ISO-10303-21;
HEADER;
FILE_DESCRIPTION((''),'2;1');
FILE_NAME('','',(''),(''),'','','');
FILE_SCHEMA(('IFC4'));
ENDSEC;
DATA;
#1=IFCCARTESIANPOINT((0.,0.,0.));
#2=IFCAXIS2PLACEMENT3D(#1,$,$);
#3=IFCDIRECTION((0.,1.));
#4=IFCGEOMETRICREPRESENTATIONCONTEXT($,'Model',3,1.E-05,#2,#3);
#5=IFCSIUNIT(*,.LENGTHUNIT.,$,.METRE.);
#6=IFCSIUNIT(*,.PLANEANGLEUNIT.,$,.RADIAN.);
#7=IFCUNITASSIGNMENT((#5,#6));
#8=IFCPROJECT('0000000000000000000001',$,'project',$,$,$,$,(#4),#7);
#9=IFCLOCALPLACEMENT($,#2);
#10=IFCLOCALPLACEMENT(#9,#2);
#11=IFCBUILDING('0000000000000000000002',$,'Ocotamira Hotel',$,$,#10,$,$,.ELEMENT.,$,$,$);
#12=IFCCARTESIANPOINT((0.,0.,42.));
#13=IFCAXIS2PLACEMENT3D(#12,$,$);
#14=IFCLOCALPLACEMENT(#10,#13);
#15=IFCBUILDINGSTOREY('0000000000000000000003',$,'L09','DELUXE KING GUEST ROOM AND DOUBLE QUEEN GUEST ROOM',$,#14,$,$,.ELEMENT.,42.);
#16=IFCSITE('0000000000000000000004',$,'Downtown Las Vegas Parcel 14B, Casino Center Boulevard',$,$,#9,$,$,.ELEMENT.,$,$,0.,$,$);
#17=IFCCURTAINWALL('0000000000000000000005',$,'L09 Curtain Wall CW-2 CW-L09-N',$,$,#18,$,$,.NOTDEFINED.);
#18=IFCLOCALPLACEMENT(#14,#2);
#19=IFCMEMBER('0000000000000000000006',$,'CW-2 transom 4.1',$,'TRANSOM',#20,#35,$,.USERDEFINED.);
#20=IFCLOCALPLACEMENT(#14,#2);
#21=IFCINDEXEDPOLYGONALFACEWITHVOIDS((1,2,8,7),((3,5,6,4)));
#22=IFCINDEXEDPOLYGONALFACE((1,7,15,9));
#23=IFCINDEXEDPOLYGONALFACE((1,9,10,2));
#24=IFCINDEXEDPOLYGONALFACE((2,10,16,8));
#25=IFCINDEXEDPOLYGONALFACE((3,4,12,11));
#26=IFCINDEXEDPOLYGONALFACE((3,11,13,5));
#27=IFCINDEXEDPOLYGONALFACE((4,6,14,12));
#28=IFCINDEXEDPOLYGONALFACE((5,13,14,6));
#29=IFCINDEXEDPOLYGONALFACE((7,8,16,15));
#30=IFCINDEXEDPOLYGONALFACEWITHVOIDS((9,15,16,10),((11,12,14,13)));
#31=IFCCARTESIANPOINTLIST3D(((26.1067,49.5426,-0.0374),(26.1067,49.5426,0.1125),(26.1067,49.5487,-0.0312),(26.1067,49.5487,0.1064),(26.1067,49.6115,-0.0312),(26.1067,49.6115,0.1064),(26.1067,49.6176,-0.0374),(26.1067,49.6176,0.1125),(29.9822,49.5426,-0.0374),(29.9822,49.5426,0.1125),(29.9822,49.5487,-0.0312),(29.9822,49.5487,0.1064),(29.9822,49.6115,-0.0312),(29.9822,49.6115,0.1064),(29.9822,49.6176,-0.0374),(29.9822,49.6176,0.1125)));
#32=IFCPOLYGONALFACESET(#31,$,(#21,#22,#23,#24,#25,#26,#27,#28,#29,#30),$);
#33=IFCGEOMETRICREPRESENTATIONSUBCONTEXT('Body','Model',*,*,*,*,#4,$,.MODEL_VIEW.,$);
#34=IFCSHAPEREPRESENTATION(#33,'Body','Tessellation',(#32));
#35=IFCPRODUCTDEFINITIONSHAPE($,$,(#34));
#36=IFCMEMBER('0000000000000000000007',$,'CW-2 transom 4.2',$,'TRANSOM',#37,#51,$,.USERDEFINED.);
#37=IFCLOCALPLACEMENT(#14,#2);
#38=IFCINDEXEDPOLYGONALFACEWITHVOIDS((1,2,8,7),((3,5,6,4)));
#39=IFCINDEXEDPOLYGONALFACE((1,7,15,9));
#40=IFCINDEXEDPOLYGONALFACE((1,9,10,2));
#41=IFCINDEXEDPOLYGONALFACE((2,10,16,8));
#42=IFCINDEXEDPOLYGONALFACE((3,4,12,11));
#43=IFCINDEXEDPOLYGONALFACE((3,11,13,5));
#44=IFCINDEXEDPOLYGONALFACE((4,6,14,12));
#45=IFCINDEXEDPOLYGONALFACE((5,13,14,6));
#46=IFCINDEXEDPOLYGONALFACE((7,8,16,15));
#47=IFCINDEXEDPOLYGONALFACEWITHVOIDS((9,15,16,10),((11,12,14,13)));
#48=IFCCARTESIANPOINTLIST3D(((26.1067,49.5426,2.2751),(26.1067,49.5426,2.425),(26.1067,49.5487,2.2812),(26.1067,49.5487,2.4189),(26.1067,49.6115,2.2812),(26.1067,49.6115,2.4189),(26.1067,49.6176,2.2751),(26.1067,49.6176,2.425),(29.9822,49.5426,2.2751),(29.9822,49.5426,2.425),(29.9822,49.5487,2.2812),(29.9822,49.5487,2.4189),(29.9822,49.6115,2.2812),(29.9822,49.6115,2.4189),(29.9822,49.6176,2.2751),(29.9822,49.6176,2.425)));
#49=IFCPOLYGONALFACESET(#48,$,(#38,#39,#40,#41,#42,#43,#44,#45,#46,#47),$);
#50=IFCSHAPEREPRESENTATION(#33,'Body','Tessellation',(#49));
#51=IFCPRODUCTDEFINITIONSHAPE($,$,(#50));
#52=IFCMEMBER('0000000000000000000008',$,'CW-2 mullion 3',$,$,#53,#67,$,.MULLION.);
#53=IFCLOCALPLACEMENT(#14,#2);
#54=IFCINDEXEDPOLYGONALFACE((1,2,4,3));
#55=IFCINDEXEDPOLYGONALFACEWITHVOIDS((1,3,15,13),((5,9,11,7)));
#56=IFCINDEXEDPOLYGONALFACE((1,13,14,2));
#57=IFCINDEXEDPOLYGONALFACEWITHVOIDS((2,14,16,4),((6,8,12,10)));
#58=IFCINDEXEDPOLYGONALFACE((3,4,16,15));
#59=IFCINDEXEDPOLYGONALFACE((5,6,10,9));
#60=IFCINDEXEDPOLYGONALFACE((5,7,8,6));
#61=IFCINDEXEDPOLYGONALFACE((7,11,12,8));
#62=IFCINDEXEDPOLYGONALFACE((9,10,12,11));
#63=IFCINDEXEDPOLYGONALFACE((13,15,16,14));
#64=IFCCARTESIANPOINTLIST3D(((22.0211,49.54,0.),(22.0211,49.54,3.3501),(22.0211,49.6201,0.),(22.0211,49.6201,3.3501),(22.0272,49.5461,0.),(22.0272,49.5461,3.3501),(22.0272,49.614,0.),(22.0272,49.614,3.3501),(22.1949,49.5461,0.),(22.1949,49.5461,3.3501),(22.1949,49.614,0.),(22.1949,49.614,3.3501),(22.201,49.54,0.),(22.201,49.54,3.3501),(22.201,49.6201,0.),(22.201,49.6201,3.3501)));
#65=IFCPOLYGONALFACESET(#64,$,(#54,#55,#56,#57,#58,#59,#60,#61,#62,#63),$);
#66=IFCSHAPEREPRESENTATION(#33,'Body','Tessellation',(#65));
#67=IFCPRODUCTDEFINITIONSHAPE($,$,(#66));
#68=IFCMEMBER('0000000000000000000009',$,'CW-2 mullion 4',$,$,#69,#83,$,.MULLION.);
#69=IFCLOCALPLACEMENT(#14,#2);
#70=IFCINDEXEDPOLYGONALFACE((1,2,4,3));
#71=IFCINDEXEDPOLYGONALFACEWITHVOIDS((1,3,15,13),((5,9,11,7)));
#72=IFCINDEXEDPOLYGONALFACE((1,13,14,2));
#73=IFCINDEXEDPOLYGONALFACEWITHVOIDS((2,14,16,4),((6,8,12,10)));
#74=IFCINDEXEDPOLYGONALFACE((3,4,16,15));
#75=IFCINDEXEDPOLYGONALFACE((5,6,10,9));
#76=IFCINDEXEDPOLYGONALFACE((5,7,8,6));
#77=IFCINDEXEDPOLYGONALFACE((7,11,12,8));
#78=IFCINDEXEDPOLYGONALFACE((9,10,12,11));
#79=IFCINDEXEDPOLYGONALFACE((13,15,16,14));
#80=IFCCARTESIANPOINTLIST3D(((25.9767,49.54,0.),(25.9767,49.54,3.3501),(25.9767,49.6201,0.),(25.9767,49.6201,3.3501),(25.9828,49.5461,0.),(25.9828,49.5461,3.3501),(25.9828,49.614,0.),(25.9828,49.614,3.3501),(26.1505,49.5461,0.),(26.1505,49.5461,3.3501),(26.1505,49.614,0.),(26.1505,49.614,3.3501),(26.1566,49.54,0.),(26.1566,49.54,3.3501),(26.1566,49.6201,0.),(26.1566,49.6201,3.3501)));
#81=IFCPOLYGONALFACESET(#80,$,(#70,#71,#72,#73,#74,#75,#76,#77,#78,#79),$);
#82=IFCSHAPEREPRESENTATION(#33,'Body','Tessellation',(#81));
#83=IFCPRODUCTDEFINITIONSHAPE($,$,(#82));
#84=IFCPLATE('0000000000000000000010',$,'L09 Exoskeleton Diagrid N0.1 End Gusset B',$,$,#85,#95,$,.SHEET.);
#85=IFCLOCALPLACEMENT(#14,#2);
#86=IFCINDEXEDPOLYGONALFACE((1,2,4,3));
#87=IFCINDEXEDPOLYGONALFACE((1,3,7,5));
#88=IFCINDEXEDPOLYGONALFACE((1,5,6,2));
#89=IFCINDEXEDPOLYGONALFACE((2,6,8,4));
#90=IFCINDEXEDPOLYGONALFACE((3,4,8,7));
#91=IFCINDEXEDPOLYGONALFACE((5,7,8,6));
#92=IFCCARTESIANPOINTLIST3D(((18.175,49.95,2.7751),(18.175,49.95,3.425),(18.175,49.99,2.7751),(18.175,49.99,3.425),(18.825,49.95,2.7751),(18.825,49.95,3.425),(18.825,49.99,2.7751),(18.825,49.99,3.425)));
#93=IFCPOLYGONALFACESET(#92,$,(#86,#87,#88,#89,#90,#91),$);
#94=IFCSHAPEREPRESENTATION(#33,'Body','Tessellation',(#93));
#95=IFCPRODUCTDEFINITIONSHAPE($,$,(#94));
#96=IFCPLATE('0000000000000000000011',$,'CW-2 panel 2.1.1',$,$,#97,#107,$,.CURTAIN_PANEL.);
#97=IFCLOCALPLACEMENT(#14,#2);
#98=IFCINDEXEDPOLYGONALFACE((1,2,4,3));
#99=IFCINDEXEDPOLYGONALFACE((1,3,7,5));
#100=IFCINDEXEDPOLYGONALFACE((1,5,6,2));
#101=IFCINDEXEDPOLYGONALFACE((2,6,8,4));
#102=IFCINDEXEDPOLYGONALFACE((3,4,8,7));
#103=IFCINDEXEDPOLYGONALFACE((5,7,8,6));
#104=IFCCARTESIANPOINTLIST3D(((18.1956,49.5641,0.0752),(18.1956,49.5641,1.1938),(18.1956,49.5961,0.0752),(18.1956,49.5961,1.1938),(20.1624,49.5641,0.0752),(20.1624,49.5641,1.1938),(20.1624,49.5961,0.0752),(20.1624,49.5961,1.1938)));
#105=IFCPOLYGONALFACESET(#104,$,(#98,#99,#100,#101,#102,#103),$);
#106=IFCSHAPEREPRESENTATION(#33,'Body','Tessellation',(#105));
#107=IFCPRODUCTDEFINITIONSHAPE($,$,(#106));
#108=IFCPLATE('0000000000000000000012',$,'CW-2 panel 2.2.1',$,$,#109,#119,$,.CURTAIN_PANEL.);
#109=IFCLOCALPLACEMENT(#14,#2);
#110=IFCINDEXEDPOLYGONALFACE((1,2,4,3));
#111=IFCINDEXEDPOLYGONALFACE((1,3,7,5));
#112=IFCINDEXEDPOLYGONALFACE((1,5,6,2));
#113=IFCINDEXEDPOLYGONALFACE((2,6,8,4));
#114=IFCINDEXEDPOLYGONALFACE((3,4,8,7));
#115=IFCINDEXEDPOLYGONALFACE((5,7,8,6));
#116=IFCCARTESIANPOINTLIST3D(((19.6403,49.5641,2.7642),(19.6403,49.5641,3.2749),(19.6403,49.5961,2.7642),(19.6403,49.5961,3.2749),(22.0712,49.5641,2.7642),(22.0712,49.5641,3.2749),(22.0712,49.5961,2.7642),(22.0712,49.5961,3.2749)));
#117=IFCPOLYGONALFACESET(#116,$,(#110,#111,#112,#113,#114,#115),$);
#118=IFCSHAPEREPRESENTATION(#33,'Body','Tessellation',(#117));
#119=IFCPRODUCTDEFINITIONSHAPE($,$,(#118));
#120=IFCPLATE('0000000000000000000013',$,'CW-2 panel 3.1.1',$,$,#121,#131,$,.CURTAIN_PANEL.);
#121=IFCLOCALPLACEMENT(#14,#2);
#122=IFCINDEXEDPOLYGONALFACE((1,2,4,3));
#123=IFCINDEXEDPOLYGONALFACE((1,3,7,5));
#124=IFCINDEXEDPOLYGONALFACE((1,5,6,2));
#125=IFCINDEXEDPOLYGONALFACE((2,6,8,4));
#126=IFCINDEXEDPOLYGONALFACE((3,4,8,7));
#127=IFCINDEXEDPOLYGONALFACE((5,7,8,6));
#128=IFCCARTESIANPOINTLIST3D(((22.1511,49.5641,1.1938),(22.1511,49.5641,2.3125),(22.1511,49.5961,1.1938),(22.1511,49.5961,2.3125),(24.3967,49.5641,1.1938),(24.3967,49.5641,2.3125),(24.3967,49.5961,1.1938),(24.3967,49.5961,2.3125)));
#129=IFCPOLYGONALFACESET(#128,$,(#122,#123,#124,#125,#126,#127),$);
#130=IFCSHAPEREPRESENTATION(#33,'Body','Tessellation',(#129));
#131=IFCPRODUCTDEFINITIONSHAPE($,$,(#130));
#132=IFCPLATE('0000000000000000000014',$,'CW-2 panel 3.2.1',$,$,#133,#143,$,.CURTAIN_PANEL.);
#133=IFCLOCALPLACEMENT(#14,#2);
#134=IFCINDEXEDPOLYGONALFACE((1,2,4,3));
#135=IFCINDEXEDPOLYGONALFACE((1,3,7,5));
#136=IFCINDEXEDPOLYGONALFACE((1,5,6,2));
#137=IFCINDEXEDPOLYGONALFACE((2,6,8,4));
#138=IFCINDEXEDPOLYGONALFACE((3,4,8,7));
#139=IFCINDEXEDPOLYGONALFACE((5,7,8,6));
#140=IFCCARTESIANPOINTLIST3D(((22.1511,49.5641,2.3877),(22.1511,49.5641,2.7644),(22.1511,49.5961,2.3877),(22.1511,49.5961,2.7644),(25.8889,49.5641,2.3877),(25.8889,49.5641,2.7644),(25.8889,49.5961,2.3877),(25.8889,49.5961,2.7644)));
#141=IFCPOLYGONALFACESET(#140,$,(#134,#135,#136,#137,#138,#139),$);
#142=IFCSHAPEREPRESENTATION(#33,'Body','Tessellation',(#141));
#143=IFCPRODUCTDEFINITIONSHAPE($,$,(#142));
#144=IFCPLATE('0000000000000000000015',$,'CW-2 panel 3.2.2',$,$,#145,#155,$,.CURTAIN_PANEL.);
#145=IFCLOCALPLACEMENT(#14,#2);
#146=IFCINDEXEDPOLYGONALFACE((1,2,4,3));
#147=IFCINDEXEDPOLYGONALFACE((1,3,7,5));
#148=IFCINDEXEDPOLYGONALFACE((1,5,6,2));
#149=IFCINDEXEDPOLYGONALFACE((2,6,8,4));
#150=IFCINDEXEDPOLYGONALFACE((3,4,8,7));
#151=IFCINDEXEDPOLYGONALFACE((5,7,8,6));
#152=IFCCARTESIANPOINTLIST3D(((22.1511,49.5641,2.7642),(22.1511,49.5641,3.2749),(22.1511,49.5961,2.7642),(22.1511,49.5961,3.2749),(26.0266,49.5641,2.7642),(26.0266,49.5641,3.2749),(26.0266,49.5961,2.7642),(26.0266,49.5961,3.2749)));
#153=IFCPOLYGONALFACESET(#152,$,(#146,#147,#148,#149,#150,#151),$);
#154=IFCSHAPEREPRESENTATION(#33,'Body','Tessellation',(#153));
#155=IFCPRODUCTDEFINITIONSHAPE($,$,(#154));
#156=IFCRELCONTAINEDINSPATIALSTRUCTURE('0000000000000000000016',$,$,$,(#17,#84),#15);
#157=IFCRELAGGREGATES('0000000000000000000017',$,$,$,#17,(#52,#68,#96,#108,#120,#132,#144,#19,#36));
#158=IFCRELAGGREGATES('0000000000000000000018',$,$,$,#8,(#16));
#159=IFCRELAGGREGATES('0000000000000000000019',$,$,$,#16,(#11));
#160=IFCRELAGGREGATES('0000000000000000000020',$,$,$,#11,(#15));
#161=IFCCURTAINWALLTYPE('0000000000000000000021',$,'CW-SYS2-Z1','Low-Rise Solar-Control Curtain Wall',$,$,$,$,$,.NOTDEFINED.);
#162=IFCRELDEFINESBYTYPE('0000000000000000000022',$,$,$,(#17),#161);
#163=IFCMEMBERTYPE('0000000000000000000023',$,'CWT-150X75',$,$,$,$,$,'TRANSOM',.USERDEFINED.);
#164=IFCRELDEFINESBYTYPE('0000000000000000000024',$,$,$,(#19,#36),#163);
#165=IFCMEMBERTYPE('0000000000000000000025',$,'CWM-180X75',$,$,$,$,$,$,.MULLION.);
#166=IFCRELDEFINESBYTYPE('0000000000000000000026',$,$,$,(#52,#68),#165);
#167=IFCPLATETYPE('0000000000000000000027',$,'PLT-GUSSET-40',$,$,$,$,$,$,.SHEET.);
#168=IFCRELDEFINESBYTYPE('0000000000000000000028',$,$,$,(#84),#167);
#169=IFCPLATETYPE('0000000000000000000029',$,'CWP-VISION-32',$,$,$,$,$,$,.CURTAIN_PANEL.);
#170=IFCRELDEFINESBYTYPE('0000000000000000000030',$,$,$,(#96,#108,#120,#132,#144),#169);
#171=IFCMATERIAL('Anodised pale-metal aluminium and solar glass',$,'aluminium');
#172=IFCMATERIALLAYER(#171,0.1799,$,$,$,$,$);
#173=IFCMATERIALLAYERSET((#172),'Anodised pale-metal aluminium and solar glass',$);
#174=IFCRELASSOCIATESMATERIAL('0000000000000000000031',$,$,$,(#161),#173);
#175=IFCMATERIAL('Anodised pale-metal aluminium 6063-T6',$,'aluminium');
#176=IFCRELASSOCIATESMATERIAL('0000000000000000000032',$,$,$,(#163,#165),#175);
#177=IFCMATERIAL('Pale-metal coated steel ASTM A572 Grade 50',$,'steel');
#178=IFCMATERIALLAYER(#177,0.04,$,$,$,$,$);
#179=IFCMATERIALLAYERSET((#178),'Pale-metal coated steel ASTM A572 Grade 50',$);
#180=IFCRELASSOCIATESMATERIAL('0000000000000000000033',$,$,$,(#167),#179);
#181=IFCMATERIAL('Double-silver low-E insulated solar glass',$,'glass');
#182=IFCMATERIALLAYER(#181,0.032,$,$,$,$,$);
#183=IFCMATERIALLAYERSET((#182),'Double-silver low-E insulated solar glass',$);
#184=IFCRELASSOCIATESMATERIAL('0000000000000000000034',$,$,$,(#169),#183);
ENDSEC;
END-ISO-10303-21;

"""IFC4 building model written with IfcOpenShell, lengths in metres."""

from ifc_helpers import new_model, si_unit, direction, frame, origin, origin_2d, place, context, subcontext, project, spatial, rectangle, hollow_rectangle, extrude, source, transform, mapped, material, layer, layer_set, material_profile, profile_set, type_object, element, aggregate, save


model = new_model("IFC4")

# Units and contexts
model_context = context("Model", 3, precision=1e-05, world=origin(), true_north=direction((0.0, 1.0)))
body_context = subcontext(model_context, "Body", "Model", "MODEL_VIEW")
ifc_project = project(units=[si_unit("LENGTHUNIT", "METRE"), si_unit("PLANEANGLEUNIT", "RADIAN")], contexts=[model_context])

# Site, building, storey
site_placement = place(None, origin())
site = spatial("IfcSite", under=ifc_project, at=site_placement, Name="Downtown Las Vegas Parcel 14B, Casino Center Boulevard", CompositionType="ELEMENT", RefElevation=0.0)
building_placement = place(site_placement, origin())
building = spatial("IfcBuilding", under=site, at=building_placement, Name="Ocotamira Hotel", CompositionType="ELEMENT")
storey_placement = place(building_placement, frame((0.0, 0.0, 42.0)))
storey = spatial("IfcBuildingStorey", under=building, at=storey_placement, Name="L09", Description="DELUXE KING GUEST ROOM AND DOUBLE QUEEN GUEST ROOM", CompositionType="ELEMENT", Elevation=42.0)

# Curtain wall, members
ifc_material_1 = material(Name="Anodised pale-metal aluminium and solar glass", Category="aluminium")
ifc_layer_1 = layer(ifc_material_1, 0.1799)
ifc_layer_set_1 = layer_set([ifc_layer_1], Name="Anodised pale-metal aluminium and solar glass")
curtain_wall_type = type_object("IfcCurtainWallType", Name="CW-SYS2-Z1", Description="Low-Rise Solar-Control Curtain Wall", PredefinedType="NOTDEFINED", material=ifc_layer_set_1)
curtain_wall_placement = place(storey_placement, origin())
curtain_wall = element("IfcCurtainWall", 1, at=curtain_wall_placement, inside=storey, type_object=curtain_wall_type, Name="L09 Curtain Wall CW-2 CW-L09-N", PredefinedType="NOTDEFINED")
ifc_material_2 = material(Name="Anodised pale-metal aluminium 6063-T6", Category="aluminium")
ifc_material_profile_1 = material_profile(ifc_material_2, hollow_rectangle(XDim=0.075, YDim=0.1499, WallThickness=0.0061, at=origin_2d()), Name="HSS150X75X6")
ifc_profile_set_1 = profile_set([ifc_material_profile_1], Name="Anodised pale-metal aluminium 6063-T6")
member_type_1 = type_object("IfcMemberType", Name="CWT-150X75", ElementType="TRANSOM", PredefinedType="USERDEFINED", material=ifc_profile_set_1)
shared_shape_1 = source(origin(), body_context, "Body", "SweptSolid", [
    extrude(hollow_rectangle(XDim=0.075, YDim=0.1499, WallThickness=0.0061, at=origin_2d()), origin(), (0.0, 0.0, 1.0), 3.8755),
])
member_1_placement = place(storey_placement, frame((26.1067, 49.5801, 0.0376), z_axis=(1.0, 0.0, 0.0), x_axis=(0.0, 1.0, 0.0)))
member_1 = element("IfcMember", 2, at=member_1_placement, type_object=member_type_1, Name="CW-2 transom 4.1", ObjectType="TRANSOM", PredefinedType="USERDEFINED", context=body_context, shape_type="MappedRepresentation", body=[
    mapped(shared_shape_1, transform((0.0, 0.0, 0.0), scale=1.0)),
])
member_2_placement = place(storey_placement, frame((26.1067, 49.5801, 2.3501), z_axis=(1.0, 0.0, 0.0), x_axis=(0.0, 1.0, 0.0)))
member_2 = element("IfcMember", 3, at=member_2_placement, type_object=member_type_1, Name="CW-2 transom 4.2", ObjectType="TRANSOM", PredefinedType="USERDEFINED", context=body_context, shape_type="MappedRepresentation", body=[
    mapped(shared_shape_1, transform((0.0, 0.0, 0.0), scale=1.0)),
])
ifc_material_profile_2 = material_profile(ifc_material_2, hollow_rectangle(XDim=0.0801, YDim=0.1799, WallThickness=0.0061, at=origin_2d()), Name="HSS180X80X6")
ifc_profile_set_2 = profile_set([ifc_material_profile_2], Name="Anodised pale-metal aluminium 6063-T6")
member_type_2 = type_object("IfcMemberType", Name="CWM-180X75", PredefinedType="MULLION", material=ifc_profile_set_2)
shared_shape_2 = source(origin(), body_context, "Body", "SweptSolid", [
    extrude(hollow_rectangle(XDim=0.0801, YDim=0.1799, WallThickness=0.0061, at=origin_2d()), origin(), (0.0, 0.0, 1.0), 3.3501),
])
member_3_placement = place(storey_placement, frame((22.1111, 49.5801, 0.0), z_axis=(0.0, 0.0, 1.0), x_axis=(0.0, 1.0, 0.0)))
member_3 = element("IfcMember", 4, at=member_3_placement, type_object=member_type_2, Name="CW-2 mullion 3", PredefinedType="MULLION", context=body_context, shape_type="MappedRepresentation", body=[
    mapped(shared_shape_2, transform((0.0, 0.0, 0.0), scale=1.0)),
])
member_4_placement = place(storey_placement, frame((26.0667, 49.5801, 0.0), z_axis=(0.0, 0.0, 1.0), x_axis=(0.0, 1.0, 0.0)))
member_4 = element("IfcMember", 5, at=member_4_placement, type_object=member_type_2, Name="CW-2 mullion 4", PredefinedType="MULLION", context=body_context, shape_type="MappedRepresentation", body=[
    mapped(shared_shape_2, transform((0.0, 0.0, 0.0), scale=1.0)),
])

# Plates
ifc_material_3 = material(Name="Pale-metal coated steel ASTM A572 Grade 50", Category="steel")
ifc_layer_2 = layer(ifc_material_3, 0.04)
ifc_layer_set_2 = layer_set([ifc_layer_2], Name="Pale-metal coated steel ASTM A572 Grade 50")
plate_type_1 = type_object("IfcPlateType", Name="PLT-GUSSET-40", PredefinedType="SHEET", material=ifc_layer_set_2)
shared_shape_3 = source(origin(), body_context, "Body", "SweptSolid", [
    extrude(rectangle(XDim=0.6499, YDim=0.04, at=origin_2d()), origin(), (0.0, 0.0, 1.0), 0.6499),
])
plate_1_placement = place(storey_placement, frame((18.5, 49.97, 2.7751), z_axis=(0.0, 0.0, 1.0), x_axis=(1.0, 0.0, 0.0)))
element("IfcPlate", 6, at=plate_1_placement, inside=storey, type_object=plate_type_1, Name="L09 Exoskeleton Diagrid N0.1 End Gusset B", PredefinedType="SHEET", context=body_context, shape_type="MappedRepresentation", body=[
    mapped(shared_shape_3, transform((0.0, 0.0, 0.0), scale=1.0)),
])
ifc_material_4 = material(Name="Double-silver low-E insulated solar glass", Category="glass")
ifc_layer_3 = layer(ifc_material_4, 0.032)
ifc_layer_set_3 = layer_set([ifc_layer_3], Name="Double-silver low-E insulated solar glass")
plate_type_2 = type_object("IfcPlateType", Name="CWP-VISION-32", PredefinedType="CURTAIN_PANEL", material=ifc_layer_set_3)
shared_shape_4 = source(origin(), body_context, "Body", "SweptSolid", [
    extrude(rectangle(XDim=1.9668, YDim=0.032, at=origin_2d()), origin(), (0.0, 0.0, 1.0), 1.1187),
])
plate_2_placement = place(storey_placement, frame((19.179, 49.5801, 0.0752), z_axis=(0.0, 0.0, 1.0), x_axis=(1.0, 0.0, 0.0)))
plate_2 = element("IfcPlate", 7, at=plate_2_placement, type_object=plate_type_2, Name="CW-2 panel 2.1.1", PredefinedType="CURTAIN_PANEL", context=body_context, shape_type="MappedRepresentation", body=[
    mapped(shared_shape_4, transform((0.0, 0.0, 0.0), scale=1.0)),
])
shared_shape_5 = source(origin(), body_context, "Body", "SweptSolid", [
    extrude(rectangle(XDim=2.4309, YDim=0.032, at=origin_2d()), origin(), (0.0, 0.0, 1.0), 0.5107),
])
plate_3_placement = place(storey_placement, frame((20.8557, 49.5801, 2.7642), z_axis=(0.0, 0.0, 1.0), x_axis=(1.0, 0.0, 0.0)))
plate_3 = element("IfcPlate", 8, at=plate_3_placement, type_object=plate_type_2, Name="CW-2 panel 2.2.1", PredefinedType="CURTAIN_PANEL", context=body_context, shape_type="MappedRepresentation", body=[
    mapped(shared_shape_5, transform((0.0, 0.0, 0.0), scale=1.0)),
])
shared_shape_6 = source(origin(), body_context, "Body", "SweptSolid", [
    extrude(rectangle(XDim=2.2456, YDim=0.032, at=origin_2d()), origin(), (0.0, 0.0, 1.0), 1.1187),
])
plate_4_placement = place(storey_placement, frame((23.2739, 49.5801, 1.1938), z_axis=(0.0, 0.0, 1.0), x_axis=(1.0, 0.0, 0.0)))
plate_4 = element("IfcPlate", 9, at=plate_4_placement, type_object=plate_type_2, Name="CW-2 panel 3.1.1", PredefinedType="CURTAIN_PANEL", context=body_context, shape_type="MappedRepresentation", body=[
    mapped(shared_shape_6, transform((0.0, 0.0, 0.0), scale=1.0)),
])
shared_shape_7 = source(origin(), body_context, "Body", "SweptSolid", [
    extrude(rectangle(XDim=3.7378, YDim=0.032, at=origin_2d()), origin(), (0.0, 0.0, 1.0), 0.3767),
])
plate_5_placement = place(storey_placement, frame((24.02, 49.5801, 2.3877), z_axis=(0.0, 0.0, 1.0), x_axis=(1.0, 0.0, 0.0)))
plate_5 = element("IfcPlate", 10, at=plate_5_placement, type_object=plate_type_2, Name="CW-2 panel 3.2.1", PredefinedType="CURTAIN_PANEL", context=body_context, shape_type="MappedRepresentation", body=[
    mapped(shared_shape_7, transform((0.0, 0.0, 0.0), scale=1.0)),
])
shared_shape_8 = source(origin(), body_context, "Body", "SweptSolid", [
    extrude(rectangle(XDim=3.8755, YDim=0.032, at=origin_2d()), origin(), (0.0, 0.0, 1.0), 0.5107),
])
plate_6_placement = place(storey_placement, frame((24.0889, 49.5801, 2.7642), z_axis=(0.0, 0.0, 1.0), x_axis=(1.0, 0.0, 0.0)))
plate_6 = element("IfcPlate", 11, at=plate_6_placement, type_object=plate_type_2, Name="CW-2 panel 3.2.2", PredefinedType="CURTAIN_PANEL", context=body_context, shape_type="MappedRepresentation", body=[
    mapped(shared_shape_8, transform((0.0, 0.0, 0.0), scale=1.0)),
])
aggregate(curtain_wall, [member_3, member_4, plate_2, plate_3, plate_4, plate_5, plate_6, member_1, member_2])

save(model, "model.ifc")
